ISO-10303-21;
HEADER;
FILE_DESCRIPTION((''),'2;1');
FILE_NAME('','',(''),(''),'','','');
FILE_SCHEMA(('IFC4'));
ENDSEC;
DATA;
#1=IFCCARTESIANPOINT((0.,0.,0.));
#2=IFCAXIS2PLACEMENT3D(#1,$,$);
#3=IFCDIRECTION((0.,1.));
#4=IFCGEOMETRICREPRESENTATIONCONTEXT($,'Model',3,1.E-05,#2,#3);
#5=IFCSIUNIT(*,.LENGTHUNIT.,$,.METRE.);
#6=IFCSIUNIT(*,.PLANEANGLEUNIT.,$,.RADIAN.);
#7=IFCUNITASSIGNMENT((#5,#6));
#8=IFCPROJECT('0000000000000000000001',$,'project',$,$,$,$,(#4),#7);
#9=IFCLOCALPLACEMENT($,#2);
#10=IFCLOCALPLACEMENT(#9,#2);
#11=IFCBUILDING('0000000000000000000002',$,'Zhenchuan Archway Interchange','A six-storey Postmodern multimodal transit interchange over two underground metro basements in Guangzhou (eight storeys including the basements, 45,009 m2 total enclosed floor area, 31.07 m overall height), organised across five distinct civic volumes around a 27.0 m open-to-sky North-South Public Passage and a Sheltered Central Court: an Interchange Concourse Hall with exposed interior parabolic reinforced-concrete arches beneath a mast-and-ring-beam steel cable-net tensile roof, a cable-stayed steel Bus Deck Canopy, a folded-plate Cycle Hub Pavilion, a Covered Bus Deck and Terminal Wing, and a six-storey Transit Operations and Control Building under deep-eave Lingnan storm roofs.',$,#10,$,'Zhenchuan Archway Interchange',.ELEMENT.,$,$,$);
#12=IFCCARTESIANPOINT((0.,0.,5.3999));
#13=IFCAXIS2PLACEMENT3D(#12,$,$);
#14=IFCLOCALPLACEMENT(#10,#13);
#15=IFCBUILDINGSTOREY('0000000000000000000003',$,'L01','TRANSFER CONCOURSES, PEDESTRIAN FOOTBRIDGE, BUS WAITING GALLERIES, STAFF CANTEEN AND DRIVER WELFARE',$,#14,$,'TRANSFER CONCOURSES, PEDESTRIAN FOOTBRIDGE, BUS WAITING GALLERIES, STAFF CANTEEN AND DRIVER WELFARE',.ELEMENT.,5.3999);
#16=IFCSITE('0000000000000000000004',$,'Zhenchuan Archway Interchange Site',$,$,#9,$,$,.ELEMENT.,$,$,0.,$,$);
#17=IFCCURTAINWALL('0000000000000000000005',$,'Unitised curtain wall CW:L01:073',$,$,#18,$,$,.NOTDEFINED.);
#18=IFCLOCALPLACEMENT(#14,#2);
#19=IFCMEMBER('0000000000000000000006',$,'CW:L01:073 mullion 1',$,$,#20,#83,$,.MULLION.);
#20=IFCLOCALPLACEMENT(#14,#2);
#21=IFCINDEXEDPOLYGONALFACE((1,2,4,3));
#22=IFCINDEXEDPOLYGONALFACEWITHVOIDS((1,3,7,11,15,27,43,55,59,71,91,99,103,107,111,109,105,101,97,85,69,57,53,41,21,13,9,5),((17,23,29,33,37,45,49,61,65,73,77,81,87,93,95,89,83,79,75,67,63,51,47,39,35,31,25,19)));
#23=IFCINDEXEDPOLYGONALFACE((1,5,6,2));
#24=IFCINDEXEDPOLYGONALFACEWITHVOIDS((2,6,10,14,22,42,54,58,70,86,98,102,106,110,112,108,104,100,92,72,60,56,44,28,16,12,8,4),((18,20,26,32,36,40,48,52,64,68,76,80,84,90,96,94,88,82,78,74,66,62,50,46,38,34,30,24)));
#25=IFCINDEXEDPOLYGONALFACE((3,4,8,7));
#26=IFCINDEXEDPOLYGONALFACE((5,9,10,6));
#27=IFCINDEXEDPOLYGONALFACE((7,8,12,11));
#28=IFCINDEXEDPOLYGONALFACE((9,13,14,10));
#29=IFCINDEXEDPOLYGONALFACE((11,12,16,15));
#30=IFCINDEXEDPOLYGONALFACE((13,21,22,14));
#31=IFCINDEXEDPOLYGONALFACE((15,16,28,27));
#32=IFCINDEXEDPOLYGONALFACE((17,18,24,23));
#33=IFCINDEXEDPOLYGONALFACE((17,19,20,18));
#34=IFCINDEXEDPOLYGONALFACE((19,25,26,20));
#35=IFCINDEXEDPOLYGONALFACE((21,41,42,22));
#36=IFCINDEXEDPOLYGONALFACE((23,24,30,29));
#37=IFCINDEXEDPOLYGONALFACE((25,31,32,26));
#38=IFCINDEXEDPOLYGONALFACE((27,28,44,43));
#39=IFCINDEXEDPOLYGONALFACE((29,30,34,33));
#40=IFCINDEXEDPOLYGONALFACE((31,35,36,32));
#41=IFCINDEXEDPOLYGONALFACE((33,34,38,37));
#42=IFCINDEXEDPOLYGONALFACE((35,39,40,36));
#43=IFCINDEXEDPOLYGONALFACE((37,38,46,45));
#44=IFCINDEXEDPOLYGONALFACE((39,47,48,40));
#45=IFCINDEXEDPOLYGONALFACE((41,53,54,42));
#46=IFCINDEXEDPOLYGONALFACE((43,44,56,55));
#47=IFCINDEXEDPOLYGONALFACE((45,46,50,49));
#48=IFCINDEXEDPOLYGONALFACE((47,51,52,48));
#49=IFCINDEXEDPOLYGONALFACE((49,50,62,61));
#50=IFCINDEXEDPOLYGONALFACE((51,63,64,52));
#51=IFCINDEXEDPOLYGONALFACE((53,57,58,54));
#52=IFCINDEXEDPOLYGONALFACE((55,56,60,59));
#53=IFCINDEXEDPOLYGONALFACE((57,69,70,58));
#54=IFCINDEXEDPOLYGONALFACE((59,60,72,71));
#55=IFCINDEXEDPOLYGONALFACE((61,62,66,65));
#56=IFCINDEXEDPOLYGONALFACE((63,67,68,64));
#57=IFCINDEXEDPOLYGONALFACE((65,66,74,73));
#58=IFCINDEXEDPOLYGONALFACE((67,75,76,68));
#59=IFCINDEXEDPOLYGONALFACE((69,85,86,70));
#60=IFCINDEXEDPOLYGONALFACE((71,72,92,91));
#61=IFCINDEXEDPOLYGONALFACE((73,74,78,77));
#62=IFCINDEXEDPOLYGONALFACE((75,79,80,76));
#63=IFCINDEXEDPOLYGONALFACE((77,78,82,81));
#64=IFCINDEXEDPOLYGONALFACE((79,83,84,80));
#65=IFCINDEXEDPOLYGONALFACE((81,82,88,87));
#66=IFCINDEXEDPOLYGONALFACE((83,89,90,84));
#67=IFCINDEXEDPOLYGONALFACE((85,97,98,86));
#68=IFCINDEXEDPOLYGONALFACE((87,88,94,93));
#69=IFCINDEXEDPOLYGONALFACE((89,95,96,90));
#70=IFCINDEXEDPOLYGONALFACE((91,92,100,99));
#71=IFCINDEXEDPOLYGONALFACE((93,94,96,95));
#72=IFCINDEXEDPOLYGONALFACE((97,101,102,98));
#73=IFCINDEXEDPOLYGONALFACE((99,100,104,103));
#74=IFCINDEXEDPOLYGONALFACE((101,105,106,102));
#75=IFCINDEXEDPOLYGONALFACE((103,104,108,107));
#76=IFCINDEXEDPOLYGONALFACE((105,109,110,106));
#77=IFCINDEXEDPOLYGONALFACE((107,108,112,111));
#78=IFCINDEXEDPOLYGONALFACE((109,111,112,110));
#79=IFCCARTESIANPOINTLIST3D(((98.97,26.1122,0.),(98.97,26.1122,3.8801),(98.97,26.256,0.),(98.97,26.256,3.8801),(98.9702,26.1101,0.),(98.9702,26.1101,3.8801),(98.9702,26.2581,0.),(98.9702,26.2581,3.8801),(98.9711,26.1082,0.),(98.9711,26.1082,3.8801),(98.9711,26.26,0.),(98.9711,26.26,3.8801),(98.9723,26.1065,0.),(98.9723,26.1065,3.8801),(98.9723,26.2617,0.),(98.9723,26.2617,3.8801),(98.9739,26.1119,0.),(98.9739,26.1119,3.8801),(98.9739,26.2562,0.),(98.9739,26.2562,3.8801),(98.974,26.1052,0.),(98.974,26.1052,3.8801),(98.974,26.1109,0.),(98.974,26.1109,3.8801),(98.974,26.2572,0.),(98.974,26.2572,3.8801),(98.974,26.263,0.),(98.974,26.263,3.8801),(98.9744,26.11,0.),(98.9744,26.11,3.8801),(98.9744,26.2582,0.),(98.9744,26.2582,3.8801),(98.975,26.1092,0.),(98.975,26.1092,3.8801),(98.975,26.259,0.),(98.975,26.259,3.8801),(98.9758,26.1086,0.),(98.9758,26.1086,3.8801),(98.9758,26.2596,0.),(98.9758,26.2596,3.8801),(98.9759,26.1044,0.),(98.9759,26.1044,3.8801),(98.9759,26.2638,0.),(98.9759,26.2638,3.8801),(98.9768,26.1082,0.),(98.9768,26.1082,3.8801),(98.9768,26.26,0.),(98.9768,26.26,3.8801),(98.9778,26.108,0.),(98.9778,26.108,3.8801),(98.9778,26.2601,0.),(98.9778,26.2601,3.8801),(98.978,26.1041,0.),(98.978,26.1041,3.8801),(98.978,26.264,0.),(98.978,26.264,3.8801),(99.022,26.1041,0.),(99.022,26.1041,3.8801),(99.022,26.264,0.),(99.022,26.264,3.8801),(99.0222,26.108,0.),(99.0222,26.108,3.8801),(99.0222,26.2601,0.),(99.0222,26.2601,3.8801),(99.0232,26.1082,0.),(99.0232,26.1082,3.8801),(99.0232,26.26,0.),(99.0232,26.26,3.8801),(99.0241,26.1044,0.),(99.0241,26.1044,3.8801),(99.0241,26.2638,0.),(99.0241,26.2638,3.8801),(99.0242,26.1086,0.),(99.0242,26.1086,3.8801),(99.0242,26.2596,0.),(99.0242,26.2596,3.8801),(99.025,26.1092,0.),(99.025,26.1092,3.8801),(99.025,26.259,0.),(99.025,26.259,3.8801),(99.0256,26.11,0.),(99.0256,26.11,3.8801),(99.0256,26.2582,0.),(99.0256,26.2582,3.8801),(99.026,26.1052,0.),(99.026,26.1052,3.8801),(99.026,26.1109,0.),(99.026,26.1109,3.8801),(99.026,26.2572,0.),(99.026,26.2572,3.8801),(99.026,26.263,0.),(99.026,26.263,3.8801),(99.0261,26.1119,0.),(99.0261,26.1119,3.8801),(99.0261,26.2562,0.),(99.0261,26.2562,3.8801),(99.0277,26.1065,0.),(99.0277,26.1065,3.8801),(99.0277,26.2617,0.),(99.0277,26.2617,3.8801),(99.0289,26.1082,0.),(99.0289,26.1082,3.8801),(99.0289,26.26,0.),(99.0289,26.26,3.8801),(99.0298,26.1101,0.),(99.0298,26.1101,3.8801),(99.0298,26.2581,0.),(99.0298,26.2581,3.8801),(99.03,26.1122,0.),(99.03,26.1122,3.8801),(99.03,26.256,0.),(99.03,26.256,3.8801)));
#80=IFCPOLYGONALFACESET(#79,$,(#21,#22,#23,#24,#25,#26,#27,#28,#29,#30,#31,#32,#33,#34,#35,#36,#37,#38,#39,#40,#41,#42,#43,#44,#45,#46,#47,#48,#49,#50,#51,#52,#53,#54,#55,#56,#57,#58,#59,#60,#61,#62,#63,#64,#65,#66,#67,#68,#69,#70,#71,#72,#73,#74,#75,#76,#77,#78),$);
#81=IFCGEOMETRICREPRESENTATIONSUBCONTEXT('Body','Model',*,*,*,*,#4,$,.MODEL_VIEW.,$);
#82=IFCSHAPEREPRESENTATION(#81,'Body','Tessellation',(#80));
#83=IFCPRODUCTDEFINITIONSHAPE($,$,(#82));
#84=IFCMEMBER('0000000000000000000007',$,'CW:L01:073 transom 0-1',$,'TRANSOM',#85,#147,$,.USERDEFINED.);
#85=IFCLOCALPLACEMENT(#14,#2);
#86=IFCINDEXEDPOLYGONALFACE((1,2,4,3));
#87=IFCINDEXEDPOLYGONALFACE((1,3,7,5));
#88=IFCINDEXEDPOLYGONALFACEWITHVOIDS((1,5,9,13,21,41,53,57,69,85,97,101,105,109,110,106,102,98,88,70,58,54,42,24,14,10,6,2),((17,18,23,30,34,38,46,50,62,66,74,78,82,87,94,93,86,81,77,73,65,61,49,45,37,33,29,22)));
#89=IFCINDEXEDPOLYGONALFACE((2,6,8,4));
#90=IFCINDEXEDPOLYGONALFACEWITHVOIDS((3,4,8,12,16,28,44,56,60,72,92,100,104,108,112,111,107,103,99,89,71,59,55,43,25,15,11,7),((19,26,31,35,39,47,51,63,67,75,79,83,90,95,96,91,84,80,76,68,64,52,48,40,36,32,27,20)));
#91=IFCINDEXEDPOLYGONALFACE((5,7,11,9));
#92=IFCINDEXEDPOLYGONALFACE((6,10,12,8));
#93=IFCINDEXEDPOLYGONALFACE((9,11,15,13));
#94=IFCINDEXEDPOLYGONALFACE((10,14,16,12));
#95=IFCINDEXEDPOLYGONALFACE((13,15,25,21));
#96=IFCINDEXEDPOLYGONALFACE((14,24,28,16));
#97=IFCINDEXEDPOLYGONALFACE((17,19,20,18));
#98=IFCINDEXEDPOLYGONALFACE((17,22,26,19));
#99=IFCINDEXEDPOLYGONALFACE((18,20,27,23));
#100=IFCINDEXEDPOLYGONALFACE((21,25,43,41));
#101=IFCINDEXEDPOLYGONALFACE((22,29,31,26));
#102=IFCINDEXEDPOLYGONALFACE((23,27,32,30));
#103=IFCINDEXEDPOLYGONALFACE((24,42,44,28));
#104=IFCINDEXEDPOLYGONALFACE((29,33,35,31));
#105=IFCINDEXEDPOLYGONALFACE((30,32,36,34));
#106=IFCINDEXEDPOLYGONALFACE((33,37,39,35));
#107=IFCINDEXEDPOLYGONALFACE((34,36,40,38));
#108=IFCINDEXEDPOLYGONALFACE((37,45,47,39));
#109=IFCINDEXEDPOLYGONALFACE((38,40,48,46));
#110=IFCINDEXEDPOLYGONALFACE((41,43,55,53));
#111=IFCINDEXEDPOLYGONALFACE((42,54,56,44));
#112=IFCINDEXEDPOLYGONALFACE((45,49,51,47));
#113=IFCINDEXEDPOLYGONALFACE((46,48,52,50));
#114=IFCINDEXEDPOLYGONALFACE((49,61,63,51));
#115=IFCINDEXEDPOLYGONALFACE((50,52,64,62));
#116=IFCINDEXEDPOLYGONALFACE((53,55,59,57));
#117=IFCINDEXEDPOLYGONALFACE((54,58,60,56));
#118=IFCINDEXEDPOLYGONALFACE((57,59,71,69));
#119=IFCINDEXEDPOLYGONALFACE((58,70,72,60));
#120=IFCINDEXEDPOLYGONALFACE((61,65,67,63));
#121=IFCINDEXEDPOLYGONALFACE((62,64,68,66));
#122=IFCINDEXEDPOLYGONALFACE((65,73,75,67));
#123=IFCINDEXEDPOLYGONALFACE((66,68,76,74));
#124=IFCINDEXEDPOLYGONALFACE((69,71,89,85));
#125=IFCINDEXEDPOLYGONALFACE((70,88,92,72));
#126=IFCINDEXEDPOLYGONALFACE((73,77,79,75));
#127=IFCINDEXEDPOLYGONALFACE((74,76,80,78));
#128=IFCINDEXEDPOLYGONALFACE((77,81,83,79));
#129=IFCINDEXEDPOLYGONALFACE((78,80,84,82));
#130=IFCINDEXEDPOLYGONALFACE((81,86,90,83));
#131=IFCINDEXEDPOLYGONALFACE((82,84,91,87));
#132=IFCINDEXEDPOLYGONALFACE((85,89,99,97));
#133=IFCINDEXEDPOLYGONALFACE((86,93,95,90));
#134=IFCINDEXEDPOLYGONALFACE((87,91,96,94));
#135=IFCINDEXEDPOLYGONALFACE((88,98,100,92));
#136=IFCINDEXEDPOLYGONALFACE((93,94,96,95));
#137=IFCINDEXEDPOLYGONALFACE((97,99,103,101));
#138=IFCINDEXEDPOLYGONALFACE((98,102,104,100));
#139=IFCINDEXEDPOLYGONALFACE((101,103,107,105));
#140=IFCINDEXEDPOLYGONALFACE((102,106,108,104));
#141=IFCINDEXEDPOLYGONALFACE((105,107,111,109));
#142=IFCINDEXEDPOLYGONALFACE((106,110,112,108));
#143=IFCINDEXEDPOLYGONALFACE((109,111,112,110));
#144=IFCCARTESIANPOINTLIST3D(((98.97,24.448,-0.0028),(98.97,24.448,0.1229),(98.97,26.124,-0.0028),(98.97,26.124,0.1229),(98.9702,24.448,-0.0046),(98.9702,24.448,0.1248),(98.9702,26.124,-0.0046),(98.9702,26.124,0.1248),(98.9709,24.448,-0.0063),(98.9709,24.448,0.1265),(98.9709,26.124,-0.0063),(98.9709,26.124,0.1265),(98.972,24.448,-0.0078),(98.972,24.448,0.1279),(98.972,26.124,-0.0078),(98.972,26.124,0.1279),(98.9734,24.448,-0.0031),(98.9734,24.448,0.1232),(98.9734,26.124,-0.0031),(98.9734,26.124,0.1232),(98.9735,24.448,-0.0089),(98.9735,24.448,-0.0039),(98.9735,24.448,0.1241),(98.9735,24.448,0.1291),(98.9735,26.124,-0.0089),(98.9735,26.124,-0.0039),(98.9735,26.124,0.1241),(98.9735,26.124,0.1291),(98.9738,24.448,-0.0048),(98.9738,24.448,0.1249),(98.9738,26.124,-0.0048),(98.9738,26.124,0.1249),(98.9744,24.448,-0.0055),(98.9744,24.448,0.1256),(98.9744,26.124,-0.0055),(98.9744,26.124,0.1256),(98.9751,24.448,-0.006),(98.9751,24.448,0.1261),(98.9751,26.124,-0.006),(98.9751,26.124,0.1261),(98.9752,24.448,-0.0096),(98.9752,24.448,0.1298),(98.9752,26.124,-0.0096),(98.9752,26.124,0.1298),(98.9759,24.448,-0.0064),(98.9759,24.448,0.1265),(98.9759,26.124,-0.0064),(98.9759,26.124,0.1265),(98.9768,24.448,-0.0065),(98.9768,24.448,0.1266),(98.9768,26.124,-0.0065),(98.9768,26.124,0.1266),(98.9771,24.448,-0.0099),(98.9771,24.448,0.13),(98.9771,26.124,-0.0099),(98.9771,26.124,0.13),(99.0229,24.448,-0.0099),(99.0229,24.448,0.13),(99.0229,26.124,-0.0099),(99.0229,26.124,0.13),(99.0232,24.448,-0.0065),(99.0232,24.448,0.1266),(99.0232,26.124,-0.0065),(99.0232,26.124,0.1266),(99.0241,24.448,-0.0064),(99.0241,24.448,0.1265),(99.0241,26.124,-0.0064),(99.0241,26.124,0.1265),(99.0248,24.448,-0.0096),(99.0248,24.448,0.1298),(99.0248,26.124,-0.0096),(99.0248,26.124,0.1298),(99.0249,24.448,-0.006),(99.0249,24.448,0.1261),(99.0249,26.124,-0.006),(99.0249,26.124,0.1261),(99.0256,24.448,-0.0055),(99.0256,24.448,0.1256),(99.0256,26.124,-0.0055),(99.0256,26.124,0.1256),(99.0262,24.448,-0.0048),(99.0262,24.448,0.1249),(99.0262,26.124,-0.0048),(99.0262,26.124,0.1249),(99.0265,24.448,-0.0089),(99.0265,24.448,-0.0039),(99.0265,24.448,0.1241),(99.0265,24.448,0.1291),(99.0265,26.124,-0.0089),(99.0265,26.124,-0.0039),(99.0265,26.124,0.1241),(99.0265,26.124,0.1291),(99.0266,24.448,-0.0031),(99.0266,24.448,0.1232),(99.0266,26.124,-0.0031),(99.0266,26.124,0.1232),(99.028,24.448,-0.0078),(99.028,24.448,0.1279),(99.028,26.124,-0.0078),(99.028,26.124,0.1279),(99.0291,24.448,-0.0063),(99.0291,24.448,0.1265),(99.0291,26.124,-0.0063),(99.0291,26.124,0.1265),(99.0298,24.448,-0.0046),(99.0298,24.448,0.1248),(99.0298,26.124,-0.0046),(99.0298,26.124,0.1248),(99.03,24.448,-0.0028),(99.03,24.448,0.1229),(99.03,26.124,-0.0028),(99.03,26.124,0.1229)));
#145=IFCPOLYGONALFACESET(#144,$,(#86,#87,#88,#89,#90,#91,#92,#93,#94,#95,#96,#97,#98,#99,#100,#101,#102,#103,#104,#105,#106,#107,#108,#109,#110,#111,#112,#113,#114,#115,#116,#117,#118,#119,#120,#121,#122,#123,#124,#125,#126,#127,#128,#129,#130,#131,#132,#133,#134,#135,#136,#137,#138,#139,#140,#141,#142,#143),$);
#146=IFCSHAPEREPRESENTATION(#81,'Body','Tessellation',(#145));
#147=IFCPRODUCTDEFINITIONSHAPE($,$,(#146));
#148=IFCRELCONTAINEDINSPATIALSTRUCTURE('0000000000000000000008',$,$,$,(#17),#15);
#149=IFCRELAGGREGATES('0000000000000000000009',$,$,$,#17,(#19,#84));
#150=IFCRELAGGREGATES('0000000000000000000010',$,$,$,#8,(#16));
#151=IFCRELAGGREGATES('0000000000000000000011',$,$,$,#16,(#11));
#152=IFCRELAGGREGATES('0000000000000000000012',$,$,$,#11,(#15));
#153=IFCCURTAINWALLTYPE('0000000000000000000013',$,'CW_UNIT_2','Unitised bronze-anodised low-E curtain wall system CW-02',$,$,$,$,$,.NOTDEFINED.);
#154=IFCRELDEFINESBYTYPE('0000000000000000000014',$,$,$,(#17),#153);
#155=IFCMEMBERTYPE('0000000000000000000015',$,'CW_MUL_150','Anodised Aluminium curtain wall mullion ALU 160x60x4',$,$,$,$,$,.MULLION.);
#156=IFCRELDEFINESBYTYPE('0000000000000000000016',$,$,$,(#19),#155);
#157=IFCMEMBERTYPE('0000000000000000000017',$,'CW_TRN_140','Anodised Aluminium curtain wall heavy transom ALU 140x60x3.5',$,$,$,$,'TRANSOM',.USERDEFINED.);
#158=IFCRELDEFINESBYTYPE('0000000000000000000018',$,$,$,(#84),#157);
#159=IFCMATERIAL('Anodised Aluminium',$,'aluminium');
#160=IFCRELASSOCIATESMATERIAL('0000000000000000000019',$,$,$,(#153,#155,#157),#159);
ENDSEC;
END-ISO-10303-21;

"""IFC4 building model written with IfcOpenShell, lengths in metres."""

from ifc_helpers import new_model, si_unit, direction, frame, origin, origin_2d, place, context, subcontext, project, spatial, hollow_rectangle, extrude, material, material_profile, profile_set, type_object, element, aggregate, save


model = new_model("IFC4")

# Units and contexts
model_context = context("Model", 3, precision=1e-05, world=origin(), true_north=direction((0.0, 1.0)))
body_context = subcontext(model_context, "Body", "Model", "MODEL_VIEW")
ifc_project = project(units=[si_unit("LENGTHUNIT", "METRE"), si_unit("PLANEANGLEUNIT", "RADIAN")], contexts=[model_context])

# Site, building, storey
site_placement = place(None, origin())
site = spatial("IfcSite", under=ifc_project, at=site_placement, Name="Zhenchuan Archway Interchange Site", CompositionType="ELEMENT", RefElevation=0.0)
building_placement = place(site_placement, origin())
building = spatial("IfcBuilding", under=site, at=building_placement, Name="Zhenchuan Archway Interchange", Description="A six-storey Postmodern multimodal transit interchange over two underground metro basements in Guangzhou (eight storeys including the basements, 45,009 m2 total enclosed floor area, 31.07 m overall height), organised across five distinct civic volumes around a 27.0 m open-to-sky North-South Public Passage and a Sheltered Central Court: an Interchange Concourse Hall with exposed interior parabolic reinforced-concrete arches beneath a mast-and-ring-beam steel cable-net tensile roof, a cable-stayed steel Bus Deck Canopy, a folded-plate Cycle Hub Pavilion, a Covered Bus Deck and Terminal Wing, and a six-storey Transit Operations and Control Building under deep-eave Lingnan storm roofs.", LongName="Zhenchuan Archway Interchange", CompositionType="ELEMENT")
storey_placement = place(building_placement, frame((0.0, 0.0, 5.3999)))
storey = spatial("IfcBuildingStorey", under=building, at=storey_placement, Name="L01", Description="TRANSFER CONCOURSES, PEDESTRIAN FOOTBRIDGE, BUS WAITING GALLERIES, STAFF CANTEEN AND DRIVER WELFARE", LongName="TRANSFER CONCOURSES, PEDESTRIAN FOOTBRIDGE, BUS WAITING GALLERIES, STAFF CANTEEN AND DRIVER WELFARE", CompositionType="ELEMENT", Elevation=5.3999)

# Curtain wall, members
ifc_material_1 = material(Name="Anodised Aluminium", Category="aluminium")
curtain_wall_type = type_object("IfcCurtainWallType", Name="CW_UNIT_2", Description="Unitised bronze-anodised low-E curtain wall system CW-02", PredefinedType="NOTDEFINED", material=ifc_material_1)
curtain_wall_placement = place(storey_placement, origin())
curtain_wall = element("IfcCurtainWall", 1, at=curtain_wall_placement, inside=storey, type_object=curtain_wall_type, Name="Unitised curtain wall CW:L01:073", PredefinedType="NOTDEFINED")
ifc_material_profile_1 = material_profile(ifc_material_1, hollow_rectangle(XDim=0.0601, YDim=0.1599, WallThickness=0.0039, InnerFilletRadius=0.0039, OuterFilletRadius=0.0081, at=origin_2d()), Name="ALU 160x60x4")
ifc_profile_set_1 = profile_set([ifc_material_profile_1], Name="Anodised Aluminium")
member_type_1 = type_object("IfcMemberType", Name="CW_MUL_150", Description="Anodised Aluminium curtain wall mullion ALU 160x60x4", PredefinedType="MULLION", material=ifc_profile_set_1)
member_1_placement = place(storey_placement, frame((99.0, 26.1841, 0.0), z_axis=(0.0, 0.0, 1.0), x_axis=(1.0, 0.0, 0.0)))
member_1 = element("IfcMember", 2, at=member_1_placement, type_object=member_type_1, Name="CW:L01:073 mullion 1", PredefinedType="MULLION", context=body_context, shape_type="SweptSolid", body=[
    extrude(hollow_rectangle(XDim=0.0601, YDim=0.1599, WallThickness=0.0039, InnerFilletRadius=0.0039, OuterFilletRadius=0.0081, at=origin_2d()), origin(), (0.0, 0.0, 1.0), 3.8801),
])
ifc_material_profile_2 = material_profile(ifc_material_1, hollow_rectangle(XDim=0.0601, YDim=0.1399, WallThickness=0.0034, InnerFilletRadius=0.0034, OuterFilletRadius=0.0071, at=origin_2d()), Name="ALU 140x60x3.5")
ifc_profile_set_2 = profile_set([ifc_material_profile_2], Name="Anodised Aluminium")
member_type_2 = type_object("IfcMemberType", Name="CW_TRN_140", Description="Anodised Aluminium curtain wall heavy transom ALU 140x60x3.5", ElementType="TRANSOM", PredefinedType="USERDEFINED", material=ifc_profile_set_2)
member_2_placement = place(storey_placement, frame((99.0, 24.448, 0.0601), z_axis=(0.0, 1.0, 0.0), x_axis=(-1.0, 0.0, 0.0)))
member_2 = element("IfcMember", 3, at=member_2_placement, type_object=member_type_2, Name="CW:L01:073 transom 0-1", ObjectType="TRANSOM", PredefinedType="USERDEFINED", context=body_context, shape_type="SweptSolid", body=[
    extrude(hollow_rectangle(XDim=0.0601, YDim=0.1399, WallThickness=0.0034, InnerFilletRadius=0.0034, OuterFilletRadius=0.0071, at=origin_2d()), origin(), (0.0, 0.0, 1.0), 1.676),
])

aggregate(curtain_wall, [member_1, member_2])

save(model, "model.ifc")
